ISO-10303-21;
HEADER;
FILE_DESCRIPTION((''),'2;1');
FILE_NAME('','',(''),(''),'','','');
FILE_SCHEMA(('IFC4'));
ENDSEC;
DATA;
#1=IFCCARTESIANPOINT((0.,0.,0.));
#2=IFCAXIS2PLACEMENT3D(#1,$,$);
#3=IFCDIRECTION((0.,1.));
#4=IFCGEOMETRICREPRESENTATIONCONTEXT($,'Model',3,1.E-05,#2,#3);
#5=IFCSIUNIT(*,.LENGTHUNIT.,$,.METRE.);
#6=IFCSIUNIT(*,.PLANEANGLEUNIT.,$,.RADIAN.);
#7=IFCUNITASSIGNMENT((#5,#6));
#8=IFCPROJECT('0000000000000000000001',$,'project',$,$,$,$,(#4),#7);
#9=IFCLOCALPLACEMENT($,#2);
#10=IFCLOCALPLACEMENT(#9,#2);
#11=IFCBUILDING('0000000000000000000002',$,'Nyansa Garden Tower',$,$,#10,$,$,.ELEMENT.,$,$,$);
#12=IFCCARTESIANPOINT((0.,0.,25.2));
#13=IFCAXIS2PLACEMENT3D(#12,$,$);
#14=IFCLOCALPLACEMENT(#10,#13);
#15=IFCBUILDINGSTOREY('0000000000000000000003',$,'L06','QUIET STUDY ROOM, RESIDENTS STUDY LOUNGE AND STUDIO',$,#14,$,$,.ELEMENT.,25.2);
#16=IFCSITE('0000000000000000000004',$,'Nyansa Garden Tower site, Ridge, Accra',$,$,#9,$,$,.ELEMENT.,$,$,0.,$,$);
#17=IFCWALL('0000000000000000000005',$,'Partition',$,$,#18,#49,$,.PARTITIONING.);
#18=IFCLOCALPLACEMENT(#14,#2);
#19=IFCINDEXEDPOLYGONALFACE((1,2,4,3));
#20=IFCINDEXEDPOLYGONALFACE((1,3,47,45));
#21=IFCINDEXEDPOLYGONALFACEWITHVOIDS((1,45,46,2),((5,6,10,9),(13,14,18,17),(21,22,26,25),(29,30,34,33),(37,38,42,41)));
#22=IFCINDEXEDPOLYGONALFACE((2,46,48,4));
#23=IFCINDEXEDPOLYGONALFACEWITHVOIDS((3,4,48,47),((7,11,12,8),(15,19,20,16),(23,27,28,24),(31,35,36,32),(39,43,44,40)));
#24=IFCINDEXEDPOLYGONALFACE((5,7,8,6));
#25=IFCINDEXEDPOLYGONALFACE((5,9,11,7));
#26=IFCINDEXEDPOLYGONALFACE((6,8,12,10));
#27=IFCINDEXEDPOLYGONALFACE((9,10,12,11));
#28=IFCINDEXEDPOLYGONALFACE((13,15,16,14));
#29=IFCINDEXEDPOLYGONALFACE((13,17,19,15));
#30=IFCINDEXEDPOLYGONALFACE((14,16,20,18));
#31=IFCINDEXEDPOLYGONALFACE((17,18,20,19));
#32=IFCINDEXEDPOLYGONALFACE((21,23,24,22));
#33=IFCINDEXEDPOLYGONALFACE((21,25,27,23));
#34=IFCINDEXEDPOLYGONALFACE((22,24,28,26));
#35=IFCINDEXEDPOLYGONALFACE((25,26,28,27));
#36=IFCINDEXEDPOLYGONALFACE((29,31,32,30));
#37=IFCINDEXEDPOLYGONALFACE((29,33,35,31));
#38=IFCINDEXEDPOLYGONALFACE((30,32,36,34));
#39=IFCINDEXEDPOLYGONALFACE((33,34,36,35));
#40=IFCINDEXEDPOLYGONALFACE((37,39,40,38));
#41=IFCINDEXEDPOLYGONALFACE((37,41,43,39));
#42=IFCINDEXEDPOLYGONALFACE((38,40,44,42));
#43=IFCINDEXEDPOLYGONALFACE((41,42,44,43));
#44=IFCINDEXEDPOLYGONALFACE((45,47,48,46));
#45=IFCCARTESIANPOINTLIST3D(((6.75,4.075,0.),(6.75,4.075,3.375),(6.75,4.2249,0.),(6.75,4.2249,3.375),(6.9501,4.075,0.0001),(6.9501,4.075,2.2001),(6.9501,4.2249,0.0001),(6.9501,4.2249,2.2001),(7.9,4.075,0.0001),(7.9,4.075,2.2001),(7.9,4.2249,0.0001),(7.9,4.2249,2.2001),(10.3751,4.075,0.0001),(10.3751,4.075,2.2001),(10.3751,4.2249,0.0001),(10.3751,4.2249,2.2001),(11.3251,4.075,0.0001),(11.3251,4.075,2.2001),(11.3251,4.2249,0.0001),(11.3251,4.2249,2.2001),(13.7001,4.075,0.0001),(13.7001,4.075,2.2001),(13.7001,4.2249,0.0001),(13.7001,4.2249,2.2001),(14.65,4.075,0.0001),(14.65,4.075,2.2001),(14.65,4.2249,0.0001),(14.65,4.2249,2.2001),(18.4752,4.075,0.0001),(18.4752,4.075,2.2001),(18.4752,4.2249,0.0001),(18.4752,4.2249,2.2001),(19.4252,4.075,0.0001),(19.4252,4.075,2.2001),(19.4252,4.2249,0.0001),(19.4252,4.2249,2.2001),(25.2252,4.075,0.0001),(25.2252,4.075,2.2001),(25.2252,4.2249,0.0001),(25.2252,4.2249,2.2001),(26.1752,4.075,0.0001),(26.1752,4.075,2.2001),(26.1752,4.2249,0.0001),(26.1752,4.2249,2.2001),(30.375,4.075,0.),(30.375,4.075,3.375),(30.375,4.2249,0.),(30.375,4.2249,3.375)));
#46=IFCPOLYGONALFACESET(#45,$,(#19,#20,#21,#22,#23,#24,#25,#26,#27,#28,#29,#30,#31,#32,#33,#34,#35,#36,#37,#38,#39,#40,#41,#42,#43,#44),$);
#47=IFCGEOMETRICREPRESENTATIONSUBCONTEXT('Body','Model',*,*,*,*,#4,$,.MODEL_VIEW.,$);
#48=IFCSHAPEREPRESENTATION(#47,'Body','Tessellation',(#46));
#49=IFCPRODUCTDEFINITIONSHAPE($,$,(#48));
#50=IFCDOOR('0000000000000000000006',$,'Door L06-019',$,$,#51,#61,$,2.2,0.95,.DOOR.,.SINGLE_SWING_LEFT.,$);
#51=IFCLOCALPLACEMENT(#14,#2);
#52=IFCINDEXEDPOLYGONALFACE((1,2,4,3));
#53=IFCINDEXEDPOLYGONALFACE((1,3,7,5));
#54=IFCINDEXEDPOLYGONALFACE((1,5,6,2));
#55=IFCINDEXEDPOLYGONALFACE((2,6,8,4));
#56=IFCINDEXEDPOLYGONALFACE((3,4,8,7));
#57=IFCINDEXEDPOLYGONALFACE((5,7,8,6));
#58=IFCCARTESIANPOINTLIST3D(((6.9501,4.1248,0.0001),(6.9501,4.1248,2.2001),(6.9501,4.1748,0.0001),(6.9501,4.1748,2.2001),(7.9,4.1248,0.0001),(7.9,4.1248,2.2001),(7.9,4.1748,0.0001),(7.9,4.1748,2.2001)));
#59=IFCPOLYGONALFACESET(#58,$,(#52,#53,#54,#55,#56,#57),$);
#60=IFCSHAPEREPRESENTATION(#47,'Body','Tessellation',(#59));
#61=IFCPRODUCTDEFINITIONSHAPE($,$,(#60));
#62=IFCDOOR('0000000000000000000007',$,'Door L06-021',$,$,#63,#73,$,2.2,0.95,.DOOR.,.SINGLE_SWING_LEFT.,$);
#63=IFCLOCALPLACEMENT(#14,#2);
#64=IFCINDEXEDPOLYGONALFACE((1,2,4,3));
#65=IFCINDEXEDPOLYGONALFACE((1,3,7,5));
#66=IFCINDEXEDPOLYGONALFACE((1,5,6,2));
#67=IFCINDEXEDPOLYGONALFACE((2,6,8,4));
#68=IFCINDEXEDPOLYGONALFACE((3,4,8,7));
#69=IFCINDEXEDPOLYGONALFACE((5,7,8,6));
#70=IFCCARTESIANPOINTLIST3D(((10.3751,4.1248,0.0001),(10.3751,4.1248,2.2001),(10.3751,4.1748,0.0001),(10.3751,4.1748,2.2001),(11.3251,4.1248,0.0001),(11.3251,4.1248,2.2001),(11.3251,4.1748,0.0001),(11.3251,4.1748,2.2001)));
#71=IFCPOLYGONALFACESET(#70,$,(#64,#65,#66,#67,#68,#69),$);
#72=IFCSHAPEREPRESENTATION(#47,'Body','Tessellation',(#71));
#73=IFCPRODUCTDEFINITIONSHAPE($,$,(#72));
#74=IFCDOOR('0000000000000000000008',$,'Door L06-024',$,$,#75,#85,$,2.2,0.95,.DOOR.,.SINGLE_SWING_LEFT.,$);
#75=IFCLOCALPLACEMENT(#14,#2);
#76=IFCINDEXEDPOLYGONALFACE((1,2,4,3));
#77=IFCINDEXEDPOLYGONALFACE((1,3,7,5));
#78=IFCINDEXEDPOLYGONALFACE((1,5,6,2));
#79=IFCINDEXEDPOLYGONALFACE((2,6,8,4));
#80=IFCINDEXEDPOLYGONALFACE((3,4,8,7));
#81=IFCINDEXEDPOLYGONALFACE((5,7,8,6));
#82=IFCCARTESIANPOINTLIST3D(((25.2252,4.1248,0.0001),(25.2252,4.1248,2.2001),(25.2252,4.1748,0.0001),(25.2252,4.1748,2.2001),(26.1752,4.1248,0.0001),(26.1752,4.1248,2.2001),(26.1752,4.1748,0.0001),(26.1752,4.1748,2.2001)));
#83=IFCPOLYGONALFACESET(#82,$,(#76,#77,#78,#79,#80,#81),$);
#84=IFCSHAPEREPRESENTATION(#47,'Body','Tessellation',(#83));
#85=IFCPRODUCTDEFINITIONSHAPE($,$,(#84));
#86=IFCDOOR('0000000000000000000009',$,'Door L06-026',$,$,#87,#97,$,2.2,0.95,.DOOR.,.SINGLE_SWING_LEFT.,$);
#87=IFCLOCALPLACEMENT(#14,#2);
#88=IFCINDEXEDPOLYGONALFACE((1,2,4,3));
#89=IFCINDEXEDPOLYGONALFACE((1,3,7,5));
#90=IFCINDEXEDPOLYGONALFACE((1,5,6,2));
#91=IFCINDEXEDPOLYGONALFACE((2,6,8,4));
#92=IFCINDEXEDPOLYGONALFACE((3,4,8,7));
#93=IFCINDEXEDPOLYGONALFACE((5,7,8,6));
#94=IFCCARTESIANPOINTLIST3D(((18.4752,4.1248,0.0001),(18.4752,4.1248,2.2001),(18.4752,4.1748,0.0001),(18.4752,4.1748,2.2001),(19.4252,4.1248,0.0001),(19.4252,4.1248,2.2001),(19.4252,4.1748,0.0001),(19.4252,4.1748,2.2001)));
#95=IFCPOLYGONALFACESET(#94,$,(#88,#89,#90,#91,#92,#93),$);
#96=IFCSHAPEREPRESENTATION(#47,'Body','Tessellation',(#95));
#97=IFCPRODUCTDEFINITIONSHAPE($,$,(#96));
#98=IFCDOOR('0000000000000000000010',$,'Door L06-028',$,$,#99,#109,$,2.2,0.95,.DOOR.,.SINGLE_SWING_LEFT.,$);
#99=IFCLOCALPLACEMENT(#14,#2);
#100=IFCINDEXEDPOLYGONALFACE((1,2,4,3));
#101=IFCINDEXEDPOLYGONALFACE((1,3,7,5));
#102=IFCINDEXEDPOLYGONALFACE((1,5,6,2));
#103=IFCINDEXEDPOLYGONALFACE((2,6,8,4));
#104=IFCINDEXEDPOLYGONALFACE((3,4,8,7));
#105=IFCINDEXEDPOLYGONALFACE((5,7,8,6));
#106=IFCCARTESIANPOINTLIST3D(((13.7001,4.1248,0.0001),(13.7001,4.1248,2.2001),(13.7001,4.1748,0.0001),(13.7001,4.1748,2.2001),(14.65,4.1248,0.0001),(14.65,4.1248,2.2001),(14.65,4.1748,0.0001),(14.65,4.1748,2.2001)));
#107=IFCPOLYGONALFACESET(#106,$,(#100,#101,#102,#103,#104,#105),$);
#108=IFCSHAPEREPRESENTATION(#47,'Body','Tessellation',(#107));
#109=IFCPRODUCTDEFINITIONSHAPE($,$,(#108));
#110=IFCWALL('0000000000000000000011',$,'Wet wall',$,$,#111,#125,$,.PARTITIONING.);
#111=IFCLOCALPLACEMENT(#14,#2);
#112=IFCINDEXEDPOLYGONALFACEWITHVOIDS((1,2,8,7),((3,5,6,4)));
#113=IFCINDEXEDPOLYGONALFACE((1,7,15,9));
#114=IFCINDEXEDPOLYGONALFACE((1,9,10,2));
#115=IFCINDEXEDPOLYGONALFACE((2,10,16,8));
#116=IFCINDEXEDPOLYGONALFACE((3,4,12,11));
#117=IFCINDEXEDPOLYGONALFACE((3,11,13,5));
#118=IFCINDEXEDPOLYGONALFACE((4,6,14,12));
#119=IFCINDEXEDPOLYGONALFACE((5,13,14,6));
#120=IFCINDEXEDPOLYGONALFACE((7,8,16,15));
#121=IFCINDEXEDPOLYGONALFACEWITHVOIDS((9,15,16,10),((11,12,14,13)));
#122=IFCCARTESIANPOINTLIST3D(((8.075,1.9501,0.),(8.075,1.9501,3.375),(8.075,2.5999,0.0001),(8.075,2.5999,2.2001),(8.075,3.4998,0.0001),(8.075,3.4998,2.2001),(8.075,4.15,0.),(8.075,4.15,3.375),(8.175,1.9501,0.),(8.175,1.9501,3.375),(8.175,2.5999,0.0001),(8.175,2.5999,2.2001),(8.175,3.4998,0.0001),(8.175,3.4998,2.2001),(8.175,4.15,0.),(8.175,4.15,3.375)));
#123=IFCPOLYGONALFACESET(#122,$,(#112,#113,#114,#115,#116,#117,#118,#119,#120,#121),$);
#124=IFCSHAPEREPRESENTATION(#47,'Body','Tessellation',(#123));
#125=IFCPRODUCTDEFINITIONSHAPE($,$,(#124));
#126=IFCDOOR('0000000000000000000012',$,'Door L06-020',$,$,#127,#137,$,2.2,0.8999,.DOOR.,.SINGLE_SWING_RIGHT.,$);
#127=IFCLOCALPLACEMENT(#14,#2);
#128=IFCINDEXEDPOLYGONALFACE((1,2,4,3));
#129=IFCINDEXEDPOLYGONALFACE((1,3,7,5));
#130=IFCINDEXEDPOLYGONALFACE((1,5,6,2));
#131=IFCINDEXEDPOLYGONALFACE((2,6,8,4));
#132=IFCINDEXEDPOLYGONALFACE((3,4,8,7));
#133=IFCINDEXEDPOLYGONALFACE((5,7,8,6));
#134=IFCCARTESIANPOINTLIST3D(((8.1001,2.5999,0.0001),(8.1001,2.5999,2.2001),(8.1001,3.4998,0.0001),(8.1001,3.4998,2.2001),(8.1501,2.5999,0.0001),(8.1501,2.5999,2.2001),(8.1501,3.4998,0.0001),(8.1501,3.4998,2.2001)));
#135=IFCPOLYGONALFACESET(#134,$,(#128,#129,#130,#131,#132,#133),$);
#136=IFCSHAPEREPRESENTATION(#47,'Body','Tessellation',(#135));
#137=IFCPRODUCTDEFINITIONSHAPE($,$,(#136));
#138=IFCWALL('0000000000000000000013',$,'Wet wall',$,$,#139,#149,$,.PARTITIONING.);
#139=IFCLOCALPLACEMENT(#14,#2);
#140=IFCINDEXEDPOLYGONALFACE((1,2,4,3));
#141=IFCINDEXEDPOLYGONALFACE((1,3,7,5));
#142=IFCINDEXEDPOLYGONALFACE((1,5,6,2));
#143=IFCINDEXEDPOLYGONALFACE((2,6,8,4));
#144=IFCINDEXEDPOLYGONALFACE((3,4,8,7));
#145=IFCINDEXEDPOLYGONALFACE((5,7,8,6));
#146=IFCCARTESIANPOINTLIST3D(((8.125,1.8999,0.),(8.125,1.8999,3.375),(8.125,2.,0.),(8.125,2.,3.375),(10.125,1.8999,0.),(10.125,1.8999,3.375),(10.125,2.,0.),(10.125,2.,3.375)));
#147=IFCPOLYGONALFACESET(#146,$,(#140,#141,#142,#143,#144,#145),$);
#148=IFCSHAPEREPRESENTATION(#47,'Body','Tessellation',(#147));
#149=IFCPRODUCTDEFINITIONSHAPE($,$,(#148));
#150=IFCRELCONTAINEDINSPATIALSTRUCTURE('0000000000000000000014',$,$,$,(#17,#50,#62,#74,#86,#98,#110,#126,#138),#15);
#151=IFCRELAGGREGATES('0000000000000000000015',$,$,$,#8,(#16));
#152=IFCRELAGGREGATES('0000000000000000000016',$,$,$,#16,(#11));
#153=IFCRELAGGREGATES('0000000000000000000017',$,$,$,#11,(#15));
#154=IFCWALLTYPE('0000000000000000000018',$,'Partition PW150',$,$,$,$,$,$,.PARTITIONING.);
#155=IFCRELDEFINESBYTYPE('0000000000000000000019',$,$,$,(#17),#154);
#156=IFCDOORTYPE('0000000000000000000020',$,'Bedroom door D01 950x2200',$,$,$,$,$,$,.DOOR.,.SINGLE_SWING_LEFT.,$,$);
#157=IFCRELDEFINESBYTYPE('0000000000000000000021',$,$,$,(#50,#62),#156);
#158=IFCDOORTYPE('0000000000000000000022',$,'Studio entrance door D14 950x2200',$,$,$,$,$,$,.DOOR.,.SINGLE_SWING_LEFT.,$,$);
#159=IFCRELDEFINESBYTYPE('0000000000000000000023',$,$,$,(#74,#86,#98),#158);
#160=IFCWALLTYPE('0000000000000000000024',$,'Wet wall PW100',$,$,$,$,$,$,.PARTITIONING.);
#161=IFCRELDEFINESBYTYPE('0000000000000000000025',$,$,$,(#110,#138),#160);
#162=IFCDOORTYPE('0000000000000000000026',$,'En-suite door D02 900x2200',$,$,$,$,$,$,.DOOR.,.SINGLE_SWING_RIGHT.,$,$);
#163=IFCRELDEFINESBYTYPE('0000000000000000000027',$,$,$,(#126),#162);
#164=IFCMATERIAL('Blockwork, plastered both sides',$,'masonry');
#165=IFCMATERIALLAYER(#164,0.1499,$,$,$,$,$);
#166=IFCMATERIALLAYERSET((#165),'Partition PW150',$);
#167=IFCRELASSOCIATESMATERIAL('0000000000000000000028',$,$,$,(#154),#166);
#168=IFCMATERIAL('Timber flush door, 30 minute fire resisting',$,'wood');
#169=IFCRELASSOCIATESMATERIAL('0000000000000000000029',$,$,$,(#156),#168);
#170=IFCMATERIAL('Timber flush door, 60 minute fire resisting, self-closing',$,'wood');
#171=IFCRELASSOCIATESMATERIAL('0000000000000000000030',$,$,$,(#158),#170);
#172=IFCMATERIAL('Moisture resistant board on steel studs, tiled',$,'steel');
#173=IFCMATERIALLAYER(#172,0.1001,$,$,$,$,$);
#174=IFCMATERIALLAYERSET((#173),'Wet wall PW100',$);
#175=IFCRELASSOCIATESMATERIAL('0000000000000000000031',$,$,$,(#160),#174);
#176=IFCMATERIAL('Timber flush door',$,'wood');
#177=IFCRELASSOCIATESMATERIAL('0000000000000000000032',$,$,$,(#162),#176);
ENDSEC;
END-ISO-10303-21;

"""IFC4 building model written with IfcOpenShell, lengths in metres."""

from ifc_helpers import new_model, si_unit, direction, frame, frame_2d, origin, place, context, subcontext, project, spatial, rectangle, extrude, material, layer, layer_set, type_object, element, fill, save


model = new_model("IFC4")

# Units and contexts
model_context = context("Model", 3, precision=1e-05, world=origin(), true_north=direction((0.0, 1.0)))
body_context = subcontext(model_context, "Body", "Model", "MODEL_VIEW")
ifc_project = project(units=[si_unit("LENGTHUNIT", "METRE"), si_unit("PLANEANGLEUNIT", "RADIAN")], contexts=[model_context])

# Site, building, storey
site_placement = place(None, origin())
site = spatial("IfcSite", under=ifc_project, at=site_placement, Name="Nyansa Garden Tower site, Ridge, Accra", CompositionType="ELEMENT", RefElevation=0.0)
building_placement = place(site_placement, origin())
building = spatial("IfcBuilding", under=site, at=building_placement, Name="Nyansa Garden Tower", CompositionType="ELEMENT")
storey_placement = place(building_placement, frame((0.0, 0.0, 25.2)))
storey = spatial("IfcBuildingStorey", under=building, at=storey_placement, Name="L06", Description="QUIET STUDY ROOM, RESIDENTS STUDY LOUNGE AND STUDIO", CompositionType="ELEMENT", Elevation=25.2)

# Wall, openings, doors
ifc_material_1 = material(Name="Blockwork, plastered both sides", Category="masonry")
ifc_layer_1 = layer(ifc_material_1, 0.1499)
ifc_layer_set_1 = layer_set([ifc_layer_1], Name="Partition PW150")
wall_type_1 = type_object("IfcWallType", Name="Partition PW150", PredefinedType="PARTITIONING", material=ifc_layer_set_1)
wall_1_placement = place(storey_placement, frame((6.75, 4.1499, 0.0), z_axis=(0.0, 0.0, 1.0), x_axis=(1.0, 0.0, 0.0)))
wall_1 = element("IfcWall", 1, at=wall_1_placement, inside=storey, type_object=wall_type_1, Name="Partition", PredefinedType="PARTITIONING", context=body_context, shape_type="SweptSolid", body=[
    extrude(rectangle(XDim=23.625, YDim=0.1499, at=frame_2d((11.8125, 0.0))), origin(), (0.0, 0.0, 1.0), 3.375),
])
opening_1_placement = place(wall_1_placement, frame((0.2, 0.0, 0.0)))
opening_1 = element("IfcOpeningElement", 2, at=opening_1_placement, cuts=wall_1, PredefinedType="OPENING", context=body_context, shape_type="SweptSolid", body=[
    extrude(rectangle(XDim=0.95, YDim=2.2, at=frame_2d((0.4751, 1.1001))), frame((0.0, 0.085, 0.0), z_axis=(0.0, -1.0, 0.0), x_axis=(1.0, 0.0, 0.0)), (0.0, 0.0, 1.0), 0.1699),
])
opening_2_placement = place(wall_1_placement, frame((3.625, 0.0, 0.0)))
opening_2 = element("IfcOpeningElement", 3, at=opening_2_placement, cuts=wall_1, PredefinedType="OPENING", context=body_context, shape_type="SweptSolid", body=[
    extrude(rectangle(XDim=0.95, YDim=2.2, at=frame_2d((0.4751, 1.1001))), frame((0.0, 0.085, 0.0), z_axis=(0.0, -1.0, 0.0), x_axis=(1.0, 0.0, 0.0)), (0.0, 0.0, 1.0), 0.1699),
])
opening_3_placement = place(wall_1_placement, frame((18.4751, 0.0, 0.0)))
opening_3 = element("IfcOpeningElement", 4, at=opening_3_placement, cuts=wall_1, PredefinedType="OPENING", context=body_context, shape_type="SweptSolid", body=[
    extrude(rectangle(XDim=0.95, YDim=2.2, at=frame_2d((0.4751, 1.1001))), frame((0.0, 0.085, 0.0), z_axis=(0.0, -1.0, 0.0), x_axis=(1.0, 0.0, 0.0)), (0.0, 0.0, 1.0), 0.1699),
])
opening_4_placement = place(wall_1_placement, frame((11.7251, 0.0, 0.0)))
opening_4 = element("IfcOpeningElement", 5, at=opening_4_placement, cuts=wall_1, PredefinedType="OPENING", context=body_context, shape_type="SweptSolid", body=[
    extrude(rectangle(XDim=0.95, YDim=2.2, at=frame_2d((0.4751, 1.1001))), frame((0.0, 0.085, 0.0), z_axis=(0.0, -1.0, 0.0), x_axis=(1.0, 0.0, 0.0)), (0.0, 0.0, 1.0), 0.1699),
])
opening_5_placement = place(wall_1_placement, frame((6.95, 0.0, 0.0)))
opening_5 = element("IfcOpeningElement", 6, at=opening_5_placement, cuts=wall_1, PredefinedType="OPENING", context=body_context, shape_type="SweptSolid", body=[
    extrude(rectangle(XDim=0.95, YDim=2.2, at=frame_2d((0.4751, 1.1001))), frame((0.0, 0.085, 0.0), z_axis=(0.0, -1.0, 0.0), x_axis=(1.0, 0.0, 0.0)), (0.0, 0.0, 1.0), 0.1699),
])
ifc_material_2 = material(Name="Timber flush door, 30 minute fire resisting", Category="wood")
door_type_1 = type_object("IfcDoorType", Name="Bedroom door D01 950x2200", OperationType="SINGLE_SWING_LEFT", PredefinedType="DOOR", material=ifc_material_2)
door_1_placement = place(opening_1_placement, origin())
door_1 = element("IfcDoor", 7, at=door_1_placement, inside=storey, type_object=door_type_1, Name="Door L06-019", OperationType="SINGLE_SWING_LEFT", OverallHeight=2.2, OverallWidth=0.95, PredefinedType="DOOR", context=body_context, shape_type="SweptSolid", body=[
    extrude(rectangle(XDim=0.95, YDim=2.2, at=frame_2d((0.4751, 1.1001))), frame((0.0, 0.0249, 0.0), z_axis=(0.0, -1.0, 0.0), x_axis=(1.0, 0.0, 0.0)), (0.0, 0.0, 1.0), 0.05),
])
fill(opening_1, door_1)
door_2_placement = place(opening_2_placement, origin())
door_2 = element("IfcDoor", 8, at=door_2_placement, inside=storey, type_object=door_type_1, Name="Door L06-021", OperationType="SINGLE_SWING_LEFT", OverallHeight=2.2, OverallWidth=0.95, PredefinedType="DOOR", context=body_context, shape_type="SweptSolid", body=[
    extrude(rectangle(XDim=0.95, YDim=2.2, at=frame_2d((0.4751, 1.1001))), frame((0.0, 0.0249, 0.0), z_axis=(0.0, -1.0, 0.0), x_axis=(1.0, 0.0, 0.0)), (0.0, 0.0, 1.0), 0.05),
])
fill(opening_2, door_2)
ifc_material_3 = material(Name="Timber flush door, 60 minute fire resisting, self-closing", Category="wood")
door_type_2 = type_object("IfcDoorType", Name="Studio entrance door D14 950x2200", OperationType="SINGLE_SWING_LEFT", PredefinedType="DOOR", material=ifc_material_3)
door_3_placement = place(opening_3_placement, origin())
door_3 = element("IfcDoor", 9, at=door_3_placement, inside=storey, type_object=door_type_2, Name="Door L06-024", OperationType="SINGLE_SWING_LEFT", OverallHeight=2.2, OverallWidth=0.95, PredefinedType="DOOR", context=body_context, shape_type="SweptSolid", body=[
    extrude(rectangle(XDim=0.95, YDim=2.2, at=frame_2d((0.4751, 1.1001))), frame((0.0, 0.0249, 0.0), z_axis=(0.0, -1.0, 0.0), x_axis=(1.0, 0.0, 0.0)), (0.0, 0.0, 1.0), 0.05),
])
fill(opening_3, door_3)
door_4_placement = place(opening_4_placement, origin())
door_4 = element("IfcDoor", 10, at=door_4_placement, inside=storey, type_object=door_type_2, Name="Door L06-026", OperationType="SINGLE_SWING_LEFT", OverallHeight=2.2, OverallWidth=0.95, PredefinedType="DOOR", context=body_context, shape_type="SweptSolid", body=[
    extrude(rectangle(XDim=0.95, YDim=2.2, at=frame_2d((0.4751, 1.1001))), frame((0.0, 0.0249, 0.0), z_axis=(0.0, -1.0, 0.0), x_axis=(1.0, 0.0, 0.0)), (0.0, 0.0, 1.0), 0.05),
])
fill(opening_4, door_4)
door_5_placement = place(opening_5_placement, origin())
door_5 = element("IfcDoor", 11, at=door_5_placement, inside=storey, type_object=door_type_2, Name="Door L06-028", OperationType="SINGLE_SWING_LEFT", OverallHeight=2.2, OverallWidth=0.95, PredefinedType="DOOR", context=body_context, shape_type="SweptSolid", body=[
    extrude(rectangle(XDim=0.95, YDim=2.2, at=frame_2d((0.4751, 1.1001))), frame((0.0, 0.0249, 0.0), z_axis=(0.0, -1.0, 0.0), x_axis=(1.0, 0.0, 0.0)), (0.0, 0.0, 1.0), 0.05),
])
fill(opening_5, door_5)

# Wall, opening, door
ifc_material_4 = material(Name="Moisture resistant board on steel studs, tiled", Category="steel")
ifc_layer_2 = layer(ifc_material_4, 0.1001)
ifc_layer_set_2 = layer_set([ifc_layer_2], Name="Wet wall PW100")
wall_type_2 = type_object("IfcWallType", Name="Wet wall PW100", PredefinedType="PARTITIONING", material=ifc_layer_set_2)
wall_2_placement = place(storey_placement, frame((8.125, 1.95, 0.0), z_axis=(0.0, 0.0, 1.0), x_axis=(0.0, 1.0, 0.0)))
wall_2 = element("IfcWall", 12, at=wall_2_placement, inside=storey, type_object=wall_type_2, Name="Wet wall", PredefinedType="PARTITIONING", context=body_context, shape_type="SweptSolid", body=[
    extrude(rectangle(XDim=2.2, YDim=0.1001, at=frame_2d((1.1001, 0.0))), origin(), (0.0, 0.0, 1.0), 3.375),
])
opening_6_placement = place(wall_2_placement, frame((0.6499, 0.0, 0.0)))
opening_6 = element("IfcOpeningElement", 13, at=opening_6_placement, cuts=wall_2, PredefinedType="OPENING", context=body_context, shape_type="SweptSolid", body=[
    extrude(rectangle(XDim=0.8999, YDim=2.2, at=frame_2d((0.45, 1.1001))), frame((0.0, 0.0601, 0.0), z_axis=(0.0, -1.0, 0.0), x_axis=(1.0, 0.0, 0.0)), (0.0, 0.0, 1.0), 0.1201),
])
ifc_material_5 = material(Name="Timber flush door", Category="wood")
door_type_3 = type_object("IfcDoorType", Name="En-suite door D02 900x2200", OperationType="SINGLE_SWING_RIGHT", PredefinedType="DOOR", material=ifc_material_5)
door_6_placement = place(opening_6_placement, origin())
door_6 = element("IfcDoor", 14, at=door_6_placement, inside=storey, type_object=door_type_3, Name="Door L06-020", OperationType="SINGLE_SWING_RIGHT", OverallHeight=2.2, OverallWidth=0.8999, PredefinedType="DOOR", context=body_context, shape_type="SweptSolid", body=[
    extrude(rectangle(XDim=0.8999, YDim=2.2, at=frame_2d((0.45, 1.1001))), frame((0.0, 0.0249, 0.0), z_axis=(0.0, -1.0, 0.0), x_axis=(1.0, 0.0, 0.0)), (0.0, 0.0, 1.0), 0.05),
])
fill(opening_6, door_6)

# Wall
wall_3_placement = place(storey_placement, frame((8.125, 1.95, 0.0), z_axis=(0.0, 0.0, 1.0), x_axis=(1.0, 0.0, 0.0)))
element("IfcWall", 15, at=wall_3_placement, inside=storey, type_object=wall_type_2, Name="Wet wall", PredefinedType="PARTITIONING", context=body_context, shape_type="SweptSolid", body=[
    extrude(rectangle(XDim=2.0, YDim=0.1001, at=frame_2d((1.0, 0.0))), origin(), (0.0, 0.0, 1.0), 3.375),
])

save(model, "model.ifc")
